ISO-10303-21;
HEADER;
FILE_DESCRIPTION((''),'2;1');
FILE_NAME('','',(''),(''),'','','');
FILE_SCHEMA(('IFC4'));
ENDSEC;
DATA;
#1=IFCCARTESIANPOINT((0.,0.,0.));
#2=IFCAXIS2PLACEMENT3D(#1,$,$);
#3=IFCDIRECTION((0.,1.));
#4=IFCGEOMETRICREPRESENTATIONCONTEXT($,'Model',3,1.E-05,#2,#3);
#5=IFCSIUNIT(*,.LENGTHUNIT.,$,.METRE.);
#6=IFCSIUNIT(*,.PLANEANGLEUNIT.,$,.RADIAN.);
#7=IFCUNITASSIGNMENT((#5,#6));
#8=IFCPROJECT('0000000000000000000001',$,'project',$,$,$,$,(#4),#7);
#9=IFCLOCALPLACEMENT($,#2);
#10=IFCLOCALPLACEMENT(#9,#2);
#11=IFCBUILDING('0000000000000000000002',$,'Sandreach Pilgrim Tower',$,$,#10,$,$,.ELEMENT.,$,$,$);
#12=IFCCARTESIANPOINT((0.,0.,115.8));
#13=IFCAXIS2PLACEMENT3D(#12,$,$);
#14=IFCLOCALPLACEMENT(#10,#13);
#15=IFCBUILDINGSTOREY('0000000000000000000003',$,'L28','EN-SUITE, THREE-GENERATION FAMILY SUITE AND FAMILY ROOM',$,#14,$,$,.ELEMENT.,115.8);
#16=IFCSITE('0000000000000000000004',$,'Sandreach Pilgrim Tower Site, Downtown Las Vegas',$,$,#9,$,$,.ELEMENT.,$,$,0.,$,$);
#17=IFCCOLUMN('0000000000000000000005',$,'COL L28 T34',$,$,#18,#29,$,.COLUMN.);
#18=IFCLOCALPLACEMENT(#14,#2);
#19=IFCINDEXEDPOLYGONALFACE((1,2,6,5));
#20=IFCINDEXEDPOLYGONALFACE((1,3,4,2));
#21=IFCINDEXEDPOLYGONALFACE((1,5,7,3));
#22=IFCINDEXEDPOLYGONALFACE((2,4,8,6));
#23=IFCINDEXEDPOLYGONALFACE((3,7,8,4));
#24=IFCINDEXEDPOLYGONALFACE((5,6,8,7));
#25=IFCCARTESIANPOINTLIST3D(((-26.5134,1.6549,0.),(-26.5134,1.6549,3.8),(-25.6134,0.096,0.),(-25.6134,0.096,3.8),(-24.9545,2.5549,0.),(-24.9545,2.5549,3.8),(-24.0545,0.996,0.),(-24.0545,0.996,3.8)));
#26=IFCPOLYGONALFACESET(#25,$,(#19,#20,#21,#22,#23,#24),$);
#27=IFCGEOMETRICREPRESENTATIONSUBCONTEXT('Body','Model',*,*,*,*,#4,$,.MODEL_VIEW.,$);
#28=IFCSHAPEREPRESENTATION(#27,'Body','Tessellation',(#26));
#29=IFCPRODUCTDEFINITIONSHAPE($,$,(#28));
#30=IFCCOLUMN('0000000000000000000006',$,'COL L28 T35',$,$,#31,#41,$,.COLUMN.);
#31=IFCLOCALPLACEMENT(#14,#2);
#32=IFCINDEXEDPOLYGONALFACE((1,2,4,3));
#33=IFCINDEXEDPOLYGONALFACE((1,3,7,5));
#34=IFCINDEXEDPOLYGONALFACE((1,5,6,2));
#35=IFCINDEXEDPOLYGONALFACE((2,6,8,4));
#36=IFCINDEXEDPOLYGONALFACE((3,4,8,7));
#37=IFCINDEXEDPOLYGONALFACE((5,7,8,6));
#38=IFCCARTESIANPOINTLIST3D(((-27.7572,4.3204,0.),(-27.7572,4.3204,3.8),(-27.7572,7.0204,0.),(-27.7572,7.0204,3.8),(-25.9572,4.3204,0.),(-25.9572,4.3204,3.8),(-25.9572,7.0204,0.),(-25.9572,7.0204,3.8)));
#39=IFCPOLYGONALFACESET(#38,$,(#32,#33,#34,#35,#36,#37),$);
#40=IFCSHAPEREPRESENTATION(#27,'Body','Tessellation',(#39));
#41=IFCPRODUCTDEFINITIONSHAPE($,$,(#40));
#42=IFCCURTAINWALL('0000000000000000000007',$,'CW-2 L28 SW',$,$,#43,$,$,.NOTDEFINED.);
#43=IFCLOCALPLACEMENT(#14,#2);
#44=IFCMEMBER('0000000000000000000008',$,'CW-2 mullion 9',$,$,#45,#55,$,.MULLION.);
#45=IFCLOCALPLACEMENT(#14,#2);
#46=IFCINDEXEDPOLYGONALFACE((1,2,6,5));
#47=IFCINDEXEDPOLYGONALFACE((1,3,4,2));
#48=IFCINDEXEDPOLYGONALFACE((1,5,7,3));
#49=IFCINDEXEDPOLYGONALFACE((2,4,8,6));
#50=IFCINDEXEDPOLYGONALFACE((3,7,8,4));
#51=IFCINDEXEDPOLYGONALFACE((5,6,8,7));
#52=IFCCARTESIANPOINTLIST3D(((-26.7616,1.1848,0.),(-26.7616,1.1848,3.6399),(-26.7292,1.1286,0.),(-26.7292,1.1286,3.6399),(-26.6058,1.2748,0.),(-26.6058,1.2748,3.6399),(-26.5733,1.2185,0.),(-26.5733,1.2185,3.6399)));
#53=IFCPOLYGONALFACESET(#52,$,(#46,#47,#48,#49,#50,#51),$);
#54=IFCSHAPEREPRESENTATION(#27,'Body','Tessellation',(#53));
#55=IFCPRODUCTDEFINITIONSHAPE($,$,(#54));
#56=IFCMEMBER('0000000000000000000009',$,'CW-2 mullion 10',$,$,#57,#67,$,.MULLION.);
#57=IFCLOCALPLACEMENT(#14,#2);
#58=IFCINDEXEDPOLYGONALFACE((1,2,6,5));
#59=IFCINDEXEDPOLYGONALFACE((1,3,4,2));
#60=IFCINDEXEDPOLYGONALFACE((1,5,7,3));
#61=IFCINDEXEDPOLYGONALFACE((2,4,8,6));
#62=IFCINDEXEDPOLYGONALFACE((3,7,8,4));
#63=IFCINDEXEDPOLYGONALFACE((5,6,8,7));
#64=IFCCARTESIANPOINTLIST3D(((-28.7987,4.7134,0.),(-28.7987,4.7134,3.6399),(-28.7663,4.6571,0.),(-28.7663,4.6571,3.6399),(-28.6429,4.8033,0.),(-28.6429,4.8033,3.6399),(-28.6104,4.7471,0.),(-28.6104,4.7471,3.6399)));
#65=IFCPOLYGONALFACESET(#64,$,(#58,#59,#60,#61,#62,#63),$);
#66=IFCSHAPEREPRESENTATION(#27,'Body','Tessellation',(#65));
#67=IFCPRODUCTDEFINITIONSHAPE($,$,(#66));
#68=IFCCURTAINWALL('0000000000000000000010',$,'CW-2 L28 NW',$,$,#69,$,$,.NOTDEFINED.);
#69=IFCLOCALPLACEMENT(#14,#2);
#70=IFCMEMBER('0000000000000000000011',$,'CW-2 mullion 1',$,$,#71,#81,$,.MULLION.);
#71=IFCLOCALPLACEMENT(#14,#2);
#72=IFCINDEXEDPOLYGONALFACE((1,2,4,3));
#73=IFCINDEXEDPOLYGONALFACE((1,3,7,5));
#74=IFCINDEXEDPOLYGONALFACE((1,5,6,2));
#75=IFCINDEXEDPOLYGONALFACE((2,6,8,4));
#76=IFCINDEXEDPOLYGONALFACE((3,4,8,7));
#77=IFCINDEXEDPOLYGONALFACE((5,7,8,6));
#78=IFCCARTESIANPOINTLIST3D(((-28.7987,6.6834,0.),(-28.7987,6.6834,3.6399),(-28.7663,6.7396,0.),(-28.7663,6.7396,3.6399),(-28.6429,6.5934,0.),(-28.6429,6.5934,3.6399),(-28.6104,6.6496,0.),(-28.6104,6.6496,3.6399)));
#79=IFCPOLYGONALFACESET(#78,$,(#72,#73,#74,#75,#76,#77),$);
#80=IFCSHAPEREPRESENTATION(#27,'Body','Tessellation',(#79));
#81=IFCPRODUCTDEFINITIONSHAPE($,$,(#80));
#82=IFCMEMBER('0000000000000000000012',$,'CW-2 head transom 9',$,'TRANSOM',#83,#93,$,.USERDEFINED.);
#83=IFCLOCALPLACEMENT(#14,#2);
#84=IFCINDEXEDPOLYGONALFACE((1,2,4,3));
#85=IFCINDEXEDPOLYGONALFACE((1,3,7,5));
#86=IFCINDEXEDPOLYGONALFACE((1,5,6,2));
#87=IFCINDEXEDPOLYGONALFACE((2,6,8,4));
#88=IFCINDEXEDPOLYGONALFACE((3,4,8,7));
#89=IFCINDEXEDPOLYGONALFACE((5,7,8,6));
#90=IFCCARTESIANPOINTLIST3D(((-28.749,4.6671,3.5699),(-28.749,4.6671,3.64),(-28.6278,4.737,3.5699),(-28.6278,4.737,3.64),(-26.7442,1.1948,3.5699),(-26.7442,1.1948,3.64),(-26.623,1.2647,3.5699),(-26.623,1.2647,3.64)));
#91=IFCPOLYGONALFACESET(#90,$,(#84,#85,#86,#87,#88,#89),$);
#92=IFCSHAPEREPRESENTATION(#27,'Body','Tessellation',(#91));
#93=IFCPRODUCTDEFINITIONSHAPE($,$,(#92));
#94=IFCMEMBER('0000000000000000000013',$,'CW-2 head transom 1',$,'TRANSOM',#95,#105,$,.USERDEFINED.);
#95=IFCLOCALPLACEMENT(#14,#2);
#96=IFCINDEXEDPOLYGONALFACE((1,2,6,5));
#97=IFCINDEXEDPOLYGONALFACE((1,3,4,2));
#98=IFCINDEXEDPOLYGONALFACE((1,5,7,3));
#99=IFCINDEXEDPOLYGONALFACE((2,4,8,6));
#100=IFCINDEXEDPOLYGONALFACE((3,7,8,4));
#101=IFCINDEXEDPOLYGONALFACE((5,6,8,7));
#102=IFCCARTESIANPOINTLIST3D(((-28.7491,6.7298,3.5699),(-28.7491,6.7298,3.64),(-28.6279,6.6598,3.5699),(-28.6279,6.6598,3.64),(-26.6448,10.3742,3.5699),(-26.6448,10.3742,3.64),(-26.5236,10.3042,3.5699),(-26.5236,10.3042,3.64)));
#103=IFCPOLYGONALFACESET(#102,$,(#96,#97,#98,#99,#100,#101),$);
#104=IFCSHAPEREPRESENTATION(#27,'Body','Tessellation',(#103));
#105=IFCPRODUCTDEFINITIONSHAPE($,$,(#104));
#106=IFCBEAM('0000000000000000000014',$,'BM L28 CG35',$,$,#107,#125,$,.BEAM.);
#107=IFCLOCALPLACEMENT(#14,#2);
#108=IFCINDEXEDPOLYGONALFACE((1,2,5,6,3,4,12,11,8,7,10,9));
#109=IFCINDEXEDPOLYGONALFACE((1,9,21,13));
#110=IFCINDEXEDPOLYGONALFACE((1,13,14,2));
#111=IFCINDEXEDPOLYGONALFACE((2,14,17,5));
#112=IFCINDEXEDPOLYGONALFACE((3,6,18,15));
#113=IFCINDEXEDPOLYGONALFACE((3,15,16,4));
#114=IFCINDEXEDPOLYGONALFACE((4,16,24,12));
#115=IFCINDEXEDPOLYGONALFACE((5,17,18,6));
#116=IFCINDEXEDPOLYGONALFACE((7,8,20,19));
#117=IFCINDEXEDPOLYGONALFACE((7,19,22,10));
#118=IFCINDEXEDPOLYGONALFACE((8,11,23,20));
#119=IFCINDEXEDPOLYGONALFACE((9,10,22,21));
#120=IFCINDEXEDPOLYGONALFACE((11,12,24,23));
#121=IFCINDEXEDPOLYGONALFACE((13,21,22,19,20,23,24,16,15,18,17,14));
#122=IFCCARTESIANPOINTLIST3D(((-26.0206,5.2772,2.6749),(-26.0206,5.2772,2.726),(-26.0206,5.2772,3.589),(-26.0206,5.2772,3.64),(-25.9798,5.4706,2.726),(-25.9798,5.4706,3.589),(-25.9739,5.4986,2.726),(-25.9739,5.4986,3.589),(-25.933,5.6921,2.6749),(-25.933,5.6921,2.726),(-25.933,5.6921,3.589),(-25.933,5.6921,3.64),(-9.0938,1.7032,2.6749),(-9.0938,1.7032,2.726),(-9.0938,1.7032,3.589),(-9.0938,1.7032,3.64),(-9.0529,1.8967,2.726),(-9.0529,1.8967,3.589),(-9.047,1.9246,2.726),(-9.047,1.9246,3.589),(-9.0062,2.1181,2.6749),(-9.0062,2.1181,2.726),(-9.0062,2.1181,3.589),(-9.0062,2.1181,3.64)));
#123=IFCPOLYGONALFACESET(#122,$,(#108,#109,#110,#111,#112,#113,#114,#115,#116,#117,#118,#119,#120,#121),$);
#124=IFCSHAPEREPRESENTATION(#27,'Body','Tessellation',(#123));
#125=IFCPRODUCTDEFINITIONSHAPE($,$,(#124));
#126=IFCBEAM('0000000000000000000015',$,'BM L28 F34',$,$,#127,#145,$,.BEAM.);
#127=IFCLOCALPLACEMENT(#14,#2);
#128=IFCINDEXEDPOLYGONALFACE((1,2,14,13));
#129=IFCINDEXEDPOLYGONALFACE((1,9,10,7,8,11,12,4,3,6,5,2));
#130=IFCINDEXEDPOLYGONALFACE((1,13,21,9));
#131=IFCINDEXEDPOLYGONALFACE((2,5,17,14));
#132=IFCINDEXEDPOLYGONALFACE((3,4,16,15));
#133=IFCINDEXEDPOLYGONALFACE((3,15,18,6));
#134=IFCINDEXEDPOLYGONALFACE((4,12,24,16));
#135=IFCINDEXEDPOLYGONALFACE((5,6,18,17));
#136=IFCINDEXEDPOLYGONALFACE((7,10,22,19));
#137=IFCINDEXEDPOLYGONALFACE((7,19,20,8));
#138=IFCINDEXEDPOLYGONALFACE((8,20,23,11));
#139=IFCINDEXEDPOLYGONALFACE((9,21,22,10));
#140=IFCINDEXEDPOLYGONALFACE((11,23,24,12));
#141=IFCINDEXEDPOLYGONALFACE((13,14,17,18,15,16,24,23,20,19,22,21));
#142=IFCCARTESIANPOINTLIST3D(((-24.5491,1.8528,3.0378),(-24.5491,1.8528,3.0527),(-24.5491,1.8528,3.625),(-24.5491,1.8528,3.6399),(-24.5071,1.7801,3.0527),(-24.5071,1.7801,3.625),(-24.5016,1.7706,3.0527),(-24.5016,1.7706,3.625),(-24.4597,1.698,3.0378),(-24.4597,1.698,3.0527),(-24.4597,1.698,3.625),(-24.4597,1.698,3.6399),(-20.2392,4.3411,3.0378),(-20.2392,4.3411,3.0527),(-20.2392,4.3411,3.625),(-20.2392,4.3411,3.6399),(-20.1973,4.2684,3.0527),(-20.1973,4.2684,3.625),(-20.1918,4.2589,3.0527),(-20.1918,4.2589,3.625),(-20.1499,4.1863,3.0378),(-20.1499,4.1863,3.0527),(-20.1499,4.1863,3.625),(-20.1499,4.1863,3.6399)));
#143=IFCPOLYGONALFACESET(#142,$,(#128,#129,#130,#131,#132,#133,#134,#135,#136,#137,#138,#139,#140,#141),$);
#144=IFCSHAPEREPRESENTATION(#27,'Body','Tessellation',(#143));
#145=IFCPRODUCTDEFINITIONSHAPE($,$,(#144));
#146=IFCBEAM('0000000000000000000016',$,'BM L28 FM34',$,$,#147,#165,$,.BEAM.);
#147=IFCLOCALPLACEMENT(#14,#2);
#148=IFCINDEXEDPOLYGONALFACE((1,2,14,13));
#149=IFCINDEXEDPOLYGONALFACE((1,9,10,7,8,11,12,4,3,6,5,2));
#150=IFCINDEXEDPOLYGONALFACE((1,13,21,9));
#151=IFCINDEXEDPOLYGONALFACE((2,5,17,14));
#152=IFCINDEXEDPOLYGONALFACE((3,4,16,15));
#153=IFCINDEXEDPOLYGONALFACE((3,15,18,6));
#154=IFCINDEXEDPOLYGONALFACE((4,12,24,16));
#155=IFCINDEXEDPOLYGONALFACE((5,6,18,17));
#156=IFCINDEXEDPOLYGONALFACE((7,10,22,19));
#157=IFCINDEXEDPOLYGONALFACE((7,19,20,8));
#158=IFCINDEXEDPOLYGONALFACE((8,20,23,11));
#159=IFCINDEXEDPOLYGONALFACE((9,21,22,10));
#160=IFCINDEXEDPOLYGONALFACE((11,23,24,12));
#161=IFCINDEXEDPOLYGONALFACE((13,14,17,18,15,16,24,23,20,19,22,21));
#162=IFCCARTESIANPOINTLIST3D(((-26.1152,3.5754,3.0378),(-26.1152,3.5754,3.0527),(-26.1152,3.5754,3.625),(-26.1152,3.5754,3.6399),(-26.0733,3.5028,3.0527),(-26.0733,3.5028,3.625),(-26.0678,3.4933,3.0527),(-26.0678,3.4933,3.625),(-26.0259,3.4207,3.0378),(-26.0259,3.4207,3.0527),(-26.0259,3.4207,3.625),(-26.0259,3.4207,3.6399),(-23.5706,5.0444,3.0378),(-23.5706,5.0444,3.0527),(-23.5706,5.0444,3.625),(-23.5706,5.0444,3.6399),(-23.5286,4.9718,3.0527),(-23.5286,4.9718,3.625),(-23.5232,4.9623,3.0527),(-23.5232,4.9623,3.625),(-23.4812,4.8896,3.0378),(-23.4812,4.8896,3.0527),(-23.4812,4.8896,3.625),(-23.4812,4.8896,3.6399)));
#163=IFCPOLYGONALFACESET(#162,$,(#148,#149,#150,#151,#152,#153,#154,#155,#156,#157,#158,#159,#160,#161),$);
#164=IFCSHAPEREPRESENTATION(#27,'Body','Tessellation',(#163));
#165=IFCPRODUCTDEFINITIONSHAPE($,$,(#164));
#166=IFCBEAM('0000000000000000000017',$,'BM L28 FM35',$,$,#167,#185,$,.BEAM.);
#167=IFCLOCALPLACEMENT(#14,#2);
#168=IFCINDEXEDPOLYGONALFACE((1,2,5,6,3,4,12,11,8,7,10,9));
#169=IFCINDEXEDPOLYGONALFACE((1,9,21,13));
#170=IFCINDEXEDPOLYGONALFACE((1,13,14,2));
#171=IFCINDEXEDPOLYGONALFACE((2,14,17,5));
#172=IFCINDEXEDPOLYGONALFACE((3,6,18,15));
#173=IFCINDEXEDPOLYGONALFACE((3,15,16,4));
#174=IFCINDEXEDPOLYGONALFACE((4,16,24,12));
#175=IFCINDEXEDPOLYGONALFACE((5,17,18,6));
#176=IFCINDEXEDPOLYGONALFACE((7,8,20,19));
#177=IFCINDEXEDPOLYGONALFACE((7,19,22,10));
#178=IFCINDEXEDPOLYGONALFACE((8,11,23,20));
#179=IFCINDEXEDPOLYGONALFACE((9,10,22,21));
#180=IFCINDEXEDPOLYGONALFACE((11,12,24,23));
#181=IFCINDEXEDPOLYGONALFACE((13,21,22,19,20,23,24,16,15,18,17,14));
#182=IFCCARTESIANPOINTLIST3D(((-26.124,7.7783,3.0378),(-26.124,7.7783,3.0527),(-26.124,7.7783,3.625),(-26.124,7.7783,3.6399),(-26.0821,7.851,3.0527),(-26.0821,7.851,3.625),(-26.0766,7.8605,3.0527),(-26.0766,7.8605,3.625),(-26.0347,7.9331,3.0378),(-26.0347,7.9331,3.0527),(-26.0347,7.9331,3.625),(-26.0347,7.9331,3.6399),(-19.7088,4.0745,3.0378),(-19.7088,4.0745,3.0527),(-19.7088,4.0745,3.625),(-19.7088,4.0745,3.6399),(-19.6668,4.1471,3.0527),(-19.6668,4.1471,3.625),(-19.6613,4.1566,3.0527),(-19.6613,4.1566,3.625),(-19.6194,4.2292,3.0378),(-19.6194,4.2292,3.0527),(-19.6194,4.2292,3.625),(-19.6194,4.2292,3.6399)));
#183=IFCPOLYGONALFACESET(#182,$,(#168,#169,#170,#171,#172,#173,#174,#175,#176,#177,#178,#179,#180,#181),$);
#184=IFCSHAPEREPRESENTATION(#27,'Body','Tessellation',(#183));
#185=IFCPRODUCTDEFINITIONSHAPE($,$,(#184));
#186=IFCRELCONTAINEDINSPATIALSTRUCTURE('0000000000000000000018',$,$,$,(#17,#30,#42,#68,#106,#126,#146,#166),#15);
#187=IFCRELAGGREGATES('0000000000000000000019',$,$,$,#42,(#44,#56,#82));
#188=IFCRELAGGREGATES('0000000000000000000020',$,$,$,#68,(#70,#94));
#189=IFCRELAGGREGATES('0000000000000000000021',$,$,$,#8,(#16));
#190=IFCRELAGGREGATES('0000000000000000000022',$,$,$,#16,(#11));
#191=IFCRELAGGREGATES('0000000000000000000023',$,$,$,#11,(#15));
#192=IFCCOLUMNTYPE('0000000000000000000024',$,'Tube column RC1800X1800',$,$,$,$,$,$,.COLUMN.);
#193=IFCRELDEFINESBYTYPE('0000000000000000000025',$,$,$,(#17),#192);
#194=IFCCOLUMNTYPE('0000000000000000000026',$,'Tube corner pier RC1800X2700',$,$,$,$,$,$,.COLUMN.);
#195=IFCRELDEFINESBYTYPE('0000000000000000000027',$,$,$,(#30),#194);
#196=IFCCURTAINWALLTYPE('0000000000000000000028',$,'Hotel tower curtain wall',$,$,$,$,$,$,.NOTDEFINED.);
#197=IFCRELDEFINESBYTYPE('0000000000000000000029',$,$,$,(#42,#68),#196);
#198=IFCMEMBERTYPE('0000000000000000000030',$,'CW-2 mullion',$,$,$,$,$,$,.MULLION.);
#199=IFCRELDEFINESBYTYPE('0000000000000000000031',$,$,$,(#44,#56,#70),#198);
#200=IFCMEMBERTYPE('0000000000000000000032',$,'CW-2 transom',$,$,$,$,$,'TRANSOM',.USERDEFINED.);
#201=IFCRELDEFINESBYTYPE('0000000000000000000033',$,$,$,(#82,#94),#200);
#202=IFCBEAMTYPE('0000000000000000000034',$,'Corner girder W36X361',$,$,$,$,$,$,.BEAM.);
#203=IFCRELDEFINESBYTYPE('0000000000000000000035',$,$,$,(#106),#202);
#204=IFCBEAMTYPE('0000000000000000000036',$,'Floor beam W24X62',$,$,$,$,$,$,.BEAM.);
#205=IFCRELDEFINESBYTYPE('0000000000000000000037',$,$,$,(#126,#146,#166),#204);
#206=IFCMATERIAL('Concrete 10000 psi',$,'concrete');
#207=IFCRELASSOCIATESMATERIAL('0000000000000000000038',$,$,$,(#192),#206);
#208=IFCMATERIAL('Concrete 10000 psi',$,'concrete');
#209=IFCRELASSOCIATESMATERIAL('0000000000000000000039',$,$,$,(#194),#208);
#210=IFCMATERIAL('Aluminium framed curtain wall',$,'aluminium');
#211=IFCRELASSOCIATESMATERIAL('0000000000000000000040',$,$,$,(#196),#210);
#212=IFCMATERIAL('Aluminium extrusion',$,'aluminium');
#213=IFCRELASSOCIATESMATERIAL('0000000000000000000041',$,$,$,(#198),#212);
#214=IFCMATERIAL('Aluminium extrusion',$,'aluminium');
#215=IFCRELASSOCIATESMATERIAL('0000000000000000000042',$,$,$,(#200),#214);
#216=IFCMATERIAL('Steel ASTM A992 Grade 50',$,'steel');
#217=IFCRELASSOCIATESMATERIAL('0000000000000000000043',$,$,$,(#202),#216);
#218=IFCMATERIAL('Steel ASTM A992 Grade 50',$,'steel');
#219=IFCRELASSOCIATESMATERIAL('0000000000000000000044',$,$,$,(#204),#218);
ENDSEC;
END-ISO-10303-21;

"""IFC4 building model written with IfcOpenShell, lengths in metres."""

from ifc_helpers import new_model, si_unit, direction, frame, origin, origin_2d, place, context, subcontext, project, spatial, rectangle, i_section, extrude, material, material_profile, profile_set, type_object, element, aggregate, save


model = new_model("IFC4")

# Units and contexts
model_context = context("Model", 3, precision=1e-05, world=origin(), true_north=direction((0.0, 1.0)))
body_context = subcontext(model_context, "Body", "Model", "MODEL_VIEW")
ifc_project = project(units=[si_unit("LENGTHUNIT", "METRE"), si_unit("PLANEANGLEUNIT", "RADIAN")], contexts=[model_context])

# Site, building, storey
site_placement = place(None, origin())
site = spatial("IfcSite", under=ifc_project, at=site_placement, Name="Sandreach Pilgrim Tower Site, Downtown Las Vegas", CompositionType="ELEMENT", RefElevation=0.0)
building_placement = place(site_placement, origin())
building = spatial("IfcBuilding", under=site, at=building_placement, Name="Sandreach Pilgrim Tower", CompositionType="ELEMENT")
storey_placement = place(building_placement, frame((0.0, 0.0, 115.8)))
storey = spatial("IfcBuildingStorey", under=building, at=storey_placement, Name="L28", Description="EN-SUITE, THREE-GENERATION FAMILY SUITE AND FAMILY ROOM", CompositionType="ELEMENT", Elevation=115.8)

# Columns
ifc_material_1 = material(Name="Concrete 10000 psi", Category="concrete")
ifc_material_profile_1 = material_profile(ifc_material_1, rectangle(XDim=1.8, YDim=1.8, at=origin_2d()), Name="RC1800X1800")
ifc_profile_set_1 = profile_set([ifc_material_profile_1], Name="Concrete 10000 psi")
column_type_1 = type_object("IfcColumnType", Name="Tube column RC1800X1800", PredefinedType="COLUMN", material=ifc_profile_set_1)
column_1_placement = place(storey_placement, frame((-25.2839, 1.3254, 0.0), z_axis=(0.0, 0.0, 1.0), x_axis=(-0.866025, -0.5, 0.0)))
element("IfcColumn", 1, at=column_1_placement, inside=storey, type_object=column_type_1, Name="COL L28 T34", PredefinedType="COLUMN", context=body_context, shape_type="SweptSolid", body=[
    extrude(rectangle(XDim=1.8, YDim=1.8, at=origin_2d()), origin(), (0.0, 0.0, 1.0), 3.8),
])
ifc_material_2 = material(Name="Concrete 10000 psi", Category="concrete")
ifc_material_profile_2 = material_profile(ifc_material_2, rectangle(XDim=1.8, YDim=2.7, at=origin_2d()), Name="RC1800X2700")
ifc_profile_set_2 = profile_set([ifc_material_profile_2], Name="Concrete 10000 psi")
column_type_2 = type_object("IfcColumnType", Name="Tube corner pier RC1800X2700", PredefinedType="COLUMN", material=ifc_profile_set_2)
column_2_placement = place(storey_placement, frame((-26.8572, 5.6704, 0.0), z_axis=(0.0, 0.0, 1.0), x_axis=(-1.0, 0.0, 0.0)))
element("IfcColumn", 2, at=column_2_placement, inside=storey, type_object=column_type_2, Name="COL L28 T35", PredefinedType="COLUMN", context=body_context, shape_type="SweptSolid", body=[
    extrude(rectangle(XDim=1.8, YDim=2.7, at=origin_2d()), origin(), (0.0, 0.0, 1.0), 3.8),
])

# Curtain wall, members
ifc_material_3 = material(Name="Aluminium framed curtain wall", Category="aluminium")
curtain_wall_type = type_object("IfcCurtainWallType", Name="Hotel tower curtain wall", PredefinedType="NOTDEFINED", material=ifc_material_3)
curtain_wall_1_placement = place(storey_placement, origin())
curtain_wall_1 = element("IfcCurtainWall", 3, at=curtain_wall_1_placement, inside=storey, type_object=curtain_wall_type, Name="CW-2 L28 SW", PredefinedType="NOTDEFINED")
ifc_material_4 = material(Name="Aluminium extrusion", Category="aluminium")
ifc_material_profile_3 = material_profile(ifc_material_4, rectangle(XDim=0.0649, YDim=0.1799, at=origin_2d()), Name="CW-2M 65X180")
ifc_profile_set_3 = profile_set([ifc_material_profile_3], Name="Aluminium extrusion")
member_type_1 = type_object("IfcMemberType", Name="CW-2 mullion", PredefinedType="MULLION", material=ifc_profile_set_3)
member_1_placement = place(storey_placement, frame((-26.6675, 1.2017, 0.0), z_axis=(0.0, 0.0, 1.0), x_axis=(-0.5, 0.866025, 0.0)))
member_1 = element("IfcMember", 4, at=member_1_placement, type_object=member_type_1, Name="CW-2 mullion 9", PredefinedType="MULLION", context=body_context, shape_type="SweptSolid", body=[
    extrude(rectangle(XDim=0.0649, YDim=0.1799, at=origin_2d()), origin(), (0.0, 0.0, 1.0), 3.6399),
])
member_2_placement = place(storey_placement, frame((-28.7046, 4.7302, 0.0), z_axis=(0.0, 0.0, 1.0), x_axis=(-0.5, 0.866025, 0.0)))
member_2 = element("IfcMember", 5, at=member_2_placement, type_object=member_type_1, Name="CW-2 mullion 10", PredefinedType="MULLION", context=body_context, shape_type="SweptSolid", body=[
    extrude(rectangle(XDim=0.0649, YDim=0.1799, at=origin_2d()), origin(), (0.0, 0.0, 1.0), 3.6399),
])

# Curtain wall, member
curtain_wall_2_placement = place(storey_placement, origin())
curtain_wall_2 = element("IfcCurtainWall", 6, at=curtain_wall_2_placement, inside=storey, type_object=curtain_wall_type, Name="CW-2 L28 NW", PredefinedType="NOTDEFINED")
member_3_placement = place(storey_placement, frame((-28.7046, 6.6665, 0.0), z_axis=(0.0, 0.0, 1.0), x_axis=(0.5, 0.866025, 0.0)))
member_3 = element("IfcMember", 7, at=member_3_placement, type_object=member_type_1, Name="CW-2 mullion 1", PredefinedType="MULLION", context=body_context, shape_type="SweptSolid", body=[
    extrude(rectangle(XDim=0.0649, YDim=0.1799, at=origin_2d()), origin(), (0.0, 0.0, 1.0), 3.6399),
])

# Members
ifc_material_5 = material(Name="Aluminium extrusion", Category="aluminium")
ifc_material_profile_4 = material_profile(ifc_material_5, rectangle(XDim=0.1399, YDim=0.0701, at=origin_2d()), Name="CW-2T 140X70")
ifc_profile_set_4 = profile_set([ifc_material_profile_4], Name="Aluminium extrusion")
member_type_2 = type_object("IfcMemberType", Name="CW-2 transom", ElementType="TRANSOM", PredefinedType="USERDEFINED", material=ifc_profile_set_4)
member_4_placement = place(storey_placement, frame((-26.6836, 1.2297, 3.605), z_axis=(-0.500016, 0.866016, 0.0), x_axis=(-0.866016, -0.500016, 0.0)))
member_4 = element("IfcMember", 8, at=member_4_placement, type_object=member_type_2, Name="CW-2 head transom 9", ObjectType="TRANSOM", PredefinedType="USERDEFINED", context=body_context, shape_type="SweptSolid", body=[
    extrude(rectangle(XDim=0.1399, YDim=0.0701, at=origin_2d()), origin(), (0.0, 0.0, 1.0), 4.0095),
])
member_5_placement = place(storey_placement, frame((-28.6885, 6.6948, 3.605), z_axis=(0.500039, 0.866003, 0.0), x_axis=(-0.866003, 0.500039, 0.0)))
member_5 = element("IfcMember", 9, at=member_5_placement, type_object=member_type_2, Name="CW-2 head transom 1", ObjectType="TRANSOM", PredefinedType="USERDEFINED", context=body_context, shape_type="SweptSolid", body=[
    extrude(rectangle(XDim=0.1399, YDim=0.0701, at=origin_2d()), origin(), (0.0, 0.0, 1.0), 4.2083),
])

# Beams
ifc_material_6 = material(Name="Steel ASTM A992 Grade 50", Category="steel")
ifc_material_profile_5 = material_profile(ifc_material_6, i_section(OverallWidth=0.4241, OverallDepth=0.9651, WebThickness=0.0286, FlangeThickness=0.051, at=origin_2d()), Name="W36X361")
ifc_profile_set_5 = profile_set([ifc_material_profile_5], Name="Steel ASTM A992 Grade 50")
beam_type_1 = type_object("IfcBeamType", Name="Corner girder W36X361", PredefinedType="BEAM", material=ifc_profile_set_5)
beam_1_placement = place(storey_placement, frame((-25.9768, 5.4846, 3.1575), z_axis=(0.978428, -0.206589, 0.0), x_axis=(0.206589, 0.978428, 0.0)))
element("IfcBeam", 10, at=beam_1_placement, inside=storey, type_object=beam_type_1, Name="BM L28 CG35", PredefinedType="BEAM", context=body_context, shape_type="SweptSolid", body=[
    extrude(i_section(OverallWidth=0.4241, OverallDepth=0.9651, WebThickness=0.0286, FlangeThickness=0.051, at=origin_2d()), origin(), (0.0, 0.0, 1.0), 17.3),
])
ifc_material_7 = material(Name="Steel ASTM A992 Grade 50", Category="steel")
ifc_material_profile_6 = material_profile(ifc_material_7, i_section(OverallWidth=0.1787, OverallDepth=0.6021, WebThickness=0.011, FlangeThickness=0.0149, at=origin_2d()), Name="W24X62")
ifc_profile_set_6 = profile_set([ifc_material_profile_6], Name="Steel ASTM A992 Grade 50")
beam_type_2 = type_object("IfcBeamType", Name="Floor beam W24X62", PredefinedType="BEAM", material=ifc_profile_set_6)
beam_2_placement = place(storey_placement, frame((-24.5044, 1.7754, 3.3389), z_axis=(0.866025, 0.500001, 0.0), x_axis=(-0.500001, 0.866025, 0.0)))
element("IfcBeam", 11, at=beam_2_placement, inside=storey, type_object=beam_type_2, Name="BM L28 F34", PredefinedType="BEAM", context=body_context, shape_type="SweptSolid", body=[
    extrude(i_section(OverallWidth=0.1787, OverallDepth=0.6021, WebThickness=0.011, FlangeThickness=0.0149, at=origin_2d()), origin(), (0.0, 0.0, 1.0), 4.9766),
])
beam_3_placement = place(storey_placement, frame((-26.0706, 3.498, 3.3389), z_axis=(0.866051, 0.499955, 0.0), x_axis=(-0.499955, 0.866051, 0.0)))
element("IfcBeam", 12, at=beam_3_placement, inside=storey, type_object=beam_type_2, Name="BM L28 FM34", PredefinedType="BEAM", context=body_context, shape_type="SweptSolid", body=[
    extrude(i_section(OverallWidth=0.1787, OverallDepth=0.6021, WebThickness=0.011, FlangeThickness=0.0149, at=origin_2d()), origin(), (0.0, 0.0, 1.0), 2.9382),
])
beam_4_placement = place(storey_placement, frame((-26.0793, 7.8557, 3.3389), z_axis=(0.866026, -0.499999, 0.0), x_axis=(0.499999, 0.866026, 0.0)))
element("IfcBeam", 13, at=beam_4_placement, inside=storey, type_object=beam_type_2, Name="BM L28 FM35", PredefinedType="BEAM", context=body_context, shape_type="SweptSolid", body=[
    extrude(i_section(OverallWidth=0.1787, OverallDepth=0.6021, WebThickness=0.011, FlangeThickness=0.0149, at=origin_2d()), origin(), (0.0, 0.0, 1.0), 7.4077),
])

aggregate(curtain_wall_1, [member_1, member_2, member_4])
aggregate(curtain_wall_2, [member_3, member_5])

save(model, "model.ifc")
